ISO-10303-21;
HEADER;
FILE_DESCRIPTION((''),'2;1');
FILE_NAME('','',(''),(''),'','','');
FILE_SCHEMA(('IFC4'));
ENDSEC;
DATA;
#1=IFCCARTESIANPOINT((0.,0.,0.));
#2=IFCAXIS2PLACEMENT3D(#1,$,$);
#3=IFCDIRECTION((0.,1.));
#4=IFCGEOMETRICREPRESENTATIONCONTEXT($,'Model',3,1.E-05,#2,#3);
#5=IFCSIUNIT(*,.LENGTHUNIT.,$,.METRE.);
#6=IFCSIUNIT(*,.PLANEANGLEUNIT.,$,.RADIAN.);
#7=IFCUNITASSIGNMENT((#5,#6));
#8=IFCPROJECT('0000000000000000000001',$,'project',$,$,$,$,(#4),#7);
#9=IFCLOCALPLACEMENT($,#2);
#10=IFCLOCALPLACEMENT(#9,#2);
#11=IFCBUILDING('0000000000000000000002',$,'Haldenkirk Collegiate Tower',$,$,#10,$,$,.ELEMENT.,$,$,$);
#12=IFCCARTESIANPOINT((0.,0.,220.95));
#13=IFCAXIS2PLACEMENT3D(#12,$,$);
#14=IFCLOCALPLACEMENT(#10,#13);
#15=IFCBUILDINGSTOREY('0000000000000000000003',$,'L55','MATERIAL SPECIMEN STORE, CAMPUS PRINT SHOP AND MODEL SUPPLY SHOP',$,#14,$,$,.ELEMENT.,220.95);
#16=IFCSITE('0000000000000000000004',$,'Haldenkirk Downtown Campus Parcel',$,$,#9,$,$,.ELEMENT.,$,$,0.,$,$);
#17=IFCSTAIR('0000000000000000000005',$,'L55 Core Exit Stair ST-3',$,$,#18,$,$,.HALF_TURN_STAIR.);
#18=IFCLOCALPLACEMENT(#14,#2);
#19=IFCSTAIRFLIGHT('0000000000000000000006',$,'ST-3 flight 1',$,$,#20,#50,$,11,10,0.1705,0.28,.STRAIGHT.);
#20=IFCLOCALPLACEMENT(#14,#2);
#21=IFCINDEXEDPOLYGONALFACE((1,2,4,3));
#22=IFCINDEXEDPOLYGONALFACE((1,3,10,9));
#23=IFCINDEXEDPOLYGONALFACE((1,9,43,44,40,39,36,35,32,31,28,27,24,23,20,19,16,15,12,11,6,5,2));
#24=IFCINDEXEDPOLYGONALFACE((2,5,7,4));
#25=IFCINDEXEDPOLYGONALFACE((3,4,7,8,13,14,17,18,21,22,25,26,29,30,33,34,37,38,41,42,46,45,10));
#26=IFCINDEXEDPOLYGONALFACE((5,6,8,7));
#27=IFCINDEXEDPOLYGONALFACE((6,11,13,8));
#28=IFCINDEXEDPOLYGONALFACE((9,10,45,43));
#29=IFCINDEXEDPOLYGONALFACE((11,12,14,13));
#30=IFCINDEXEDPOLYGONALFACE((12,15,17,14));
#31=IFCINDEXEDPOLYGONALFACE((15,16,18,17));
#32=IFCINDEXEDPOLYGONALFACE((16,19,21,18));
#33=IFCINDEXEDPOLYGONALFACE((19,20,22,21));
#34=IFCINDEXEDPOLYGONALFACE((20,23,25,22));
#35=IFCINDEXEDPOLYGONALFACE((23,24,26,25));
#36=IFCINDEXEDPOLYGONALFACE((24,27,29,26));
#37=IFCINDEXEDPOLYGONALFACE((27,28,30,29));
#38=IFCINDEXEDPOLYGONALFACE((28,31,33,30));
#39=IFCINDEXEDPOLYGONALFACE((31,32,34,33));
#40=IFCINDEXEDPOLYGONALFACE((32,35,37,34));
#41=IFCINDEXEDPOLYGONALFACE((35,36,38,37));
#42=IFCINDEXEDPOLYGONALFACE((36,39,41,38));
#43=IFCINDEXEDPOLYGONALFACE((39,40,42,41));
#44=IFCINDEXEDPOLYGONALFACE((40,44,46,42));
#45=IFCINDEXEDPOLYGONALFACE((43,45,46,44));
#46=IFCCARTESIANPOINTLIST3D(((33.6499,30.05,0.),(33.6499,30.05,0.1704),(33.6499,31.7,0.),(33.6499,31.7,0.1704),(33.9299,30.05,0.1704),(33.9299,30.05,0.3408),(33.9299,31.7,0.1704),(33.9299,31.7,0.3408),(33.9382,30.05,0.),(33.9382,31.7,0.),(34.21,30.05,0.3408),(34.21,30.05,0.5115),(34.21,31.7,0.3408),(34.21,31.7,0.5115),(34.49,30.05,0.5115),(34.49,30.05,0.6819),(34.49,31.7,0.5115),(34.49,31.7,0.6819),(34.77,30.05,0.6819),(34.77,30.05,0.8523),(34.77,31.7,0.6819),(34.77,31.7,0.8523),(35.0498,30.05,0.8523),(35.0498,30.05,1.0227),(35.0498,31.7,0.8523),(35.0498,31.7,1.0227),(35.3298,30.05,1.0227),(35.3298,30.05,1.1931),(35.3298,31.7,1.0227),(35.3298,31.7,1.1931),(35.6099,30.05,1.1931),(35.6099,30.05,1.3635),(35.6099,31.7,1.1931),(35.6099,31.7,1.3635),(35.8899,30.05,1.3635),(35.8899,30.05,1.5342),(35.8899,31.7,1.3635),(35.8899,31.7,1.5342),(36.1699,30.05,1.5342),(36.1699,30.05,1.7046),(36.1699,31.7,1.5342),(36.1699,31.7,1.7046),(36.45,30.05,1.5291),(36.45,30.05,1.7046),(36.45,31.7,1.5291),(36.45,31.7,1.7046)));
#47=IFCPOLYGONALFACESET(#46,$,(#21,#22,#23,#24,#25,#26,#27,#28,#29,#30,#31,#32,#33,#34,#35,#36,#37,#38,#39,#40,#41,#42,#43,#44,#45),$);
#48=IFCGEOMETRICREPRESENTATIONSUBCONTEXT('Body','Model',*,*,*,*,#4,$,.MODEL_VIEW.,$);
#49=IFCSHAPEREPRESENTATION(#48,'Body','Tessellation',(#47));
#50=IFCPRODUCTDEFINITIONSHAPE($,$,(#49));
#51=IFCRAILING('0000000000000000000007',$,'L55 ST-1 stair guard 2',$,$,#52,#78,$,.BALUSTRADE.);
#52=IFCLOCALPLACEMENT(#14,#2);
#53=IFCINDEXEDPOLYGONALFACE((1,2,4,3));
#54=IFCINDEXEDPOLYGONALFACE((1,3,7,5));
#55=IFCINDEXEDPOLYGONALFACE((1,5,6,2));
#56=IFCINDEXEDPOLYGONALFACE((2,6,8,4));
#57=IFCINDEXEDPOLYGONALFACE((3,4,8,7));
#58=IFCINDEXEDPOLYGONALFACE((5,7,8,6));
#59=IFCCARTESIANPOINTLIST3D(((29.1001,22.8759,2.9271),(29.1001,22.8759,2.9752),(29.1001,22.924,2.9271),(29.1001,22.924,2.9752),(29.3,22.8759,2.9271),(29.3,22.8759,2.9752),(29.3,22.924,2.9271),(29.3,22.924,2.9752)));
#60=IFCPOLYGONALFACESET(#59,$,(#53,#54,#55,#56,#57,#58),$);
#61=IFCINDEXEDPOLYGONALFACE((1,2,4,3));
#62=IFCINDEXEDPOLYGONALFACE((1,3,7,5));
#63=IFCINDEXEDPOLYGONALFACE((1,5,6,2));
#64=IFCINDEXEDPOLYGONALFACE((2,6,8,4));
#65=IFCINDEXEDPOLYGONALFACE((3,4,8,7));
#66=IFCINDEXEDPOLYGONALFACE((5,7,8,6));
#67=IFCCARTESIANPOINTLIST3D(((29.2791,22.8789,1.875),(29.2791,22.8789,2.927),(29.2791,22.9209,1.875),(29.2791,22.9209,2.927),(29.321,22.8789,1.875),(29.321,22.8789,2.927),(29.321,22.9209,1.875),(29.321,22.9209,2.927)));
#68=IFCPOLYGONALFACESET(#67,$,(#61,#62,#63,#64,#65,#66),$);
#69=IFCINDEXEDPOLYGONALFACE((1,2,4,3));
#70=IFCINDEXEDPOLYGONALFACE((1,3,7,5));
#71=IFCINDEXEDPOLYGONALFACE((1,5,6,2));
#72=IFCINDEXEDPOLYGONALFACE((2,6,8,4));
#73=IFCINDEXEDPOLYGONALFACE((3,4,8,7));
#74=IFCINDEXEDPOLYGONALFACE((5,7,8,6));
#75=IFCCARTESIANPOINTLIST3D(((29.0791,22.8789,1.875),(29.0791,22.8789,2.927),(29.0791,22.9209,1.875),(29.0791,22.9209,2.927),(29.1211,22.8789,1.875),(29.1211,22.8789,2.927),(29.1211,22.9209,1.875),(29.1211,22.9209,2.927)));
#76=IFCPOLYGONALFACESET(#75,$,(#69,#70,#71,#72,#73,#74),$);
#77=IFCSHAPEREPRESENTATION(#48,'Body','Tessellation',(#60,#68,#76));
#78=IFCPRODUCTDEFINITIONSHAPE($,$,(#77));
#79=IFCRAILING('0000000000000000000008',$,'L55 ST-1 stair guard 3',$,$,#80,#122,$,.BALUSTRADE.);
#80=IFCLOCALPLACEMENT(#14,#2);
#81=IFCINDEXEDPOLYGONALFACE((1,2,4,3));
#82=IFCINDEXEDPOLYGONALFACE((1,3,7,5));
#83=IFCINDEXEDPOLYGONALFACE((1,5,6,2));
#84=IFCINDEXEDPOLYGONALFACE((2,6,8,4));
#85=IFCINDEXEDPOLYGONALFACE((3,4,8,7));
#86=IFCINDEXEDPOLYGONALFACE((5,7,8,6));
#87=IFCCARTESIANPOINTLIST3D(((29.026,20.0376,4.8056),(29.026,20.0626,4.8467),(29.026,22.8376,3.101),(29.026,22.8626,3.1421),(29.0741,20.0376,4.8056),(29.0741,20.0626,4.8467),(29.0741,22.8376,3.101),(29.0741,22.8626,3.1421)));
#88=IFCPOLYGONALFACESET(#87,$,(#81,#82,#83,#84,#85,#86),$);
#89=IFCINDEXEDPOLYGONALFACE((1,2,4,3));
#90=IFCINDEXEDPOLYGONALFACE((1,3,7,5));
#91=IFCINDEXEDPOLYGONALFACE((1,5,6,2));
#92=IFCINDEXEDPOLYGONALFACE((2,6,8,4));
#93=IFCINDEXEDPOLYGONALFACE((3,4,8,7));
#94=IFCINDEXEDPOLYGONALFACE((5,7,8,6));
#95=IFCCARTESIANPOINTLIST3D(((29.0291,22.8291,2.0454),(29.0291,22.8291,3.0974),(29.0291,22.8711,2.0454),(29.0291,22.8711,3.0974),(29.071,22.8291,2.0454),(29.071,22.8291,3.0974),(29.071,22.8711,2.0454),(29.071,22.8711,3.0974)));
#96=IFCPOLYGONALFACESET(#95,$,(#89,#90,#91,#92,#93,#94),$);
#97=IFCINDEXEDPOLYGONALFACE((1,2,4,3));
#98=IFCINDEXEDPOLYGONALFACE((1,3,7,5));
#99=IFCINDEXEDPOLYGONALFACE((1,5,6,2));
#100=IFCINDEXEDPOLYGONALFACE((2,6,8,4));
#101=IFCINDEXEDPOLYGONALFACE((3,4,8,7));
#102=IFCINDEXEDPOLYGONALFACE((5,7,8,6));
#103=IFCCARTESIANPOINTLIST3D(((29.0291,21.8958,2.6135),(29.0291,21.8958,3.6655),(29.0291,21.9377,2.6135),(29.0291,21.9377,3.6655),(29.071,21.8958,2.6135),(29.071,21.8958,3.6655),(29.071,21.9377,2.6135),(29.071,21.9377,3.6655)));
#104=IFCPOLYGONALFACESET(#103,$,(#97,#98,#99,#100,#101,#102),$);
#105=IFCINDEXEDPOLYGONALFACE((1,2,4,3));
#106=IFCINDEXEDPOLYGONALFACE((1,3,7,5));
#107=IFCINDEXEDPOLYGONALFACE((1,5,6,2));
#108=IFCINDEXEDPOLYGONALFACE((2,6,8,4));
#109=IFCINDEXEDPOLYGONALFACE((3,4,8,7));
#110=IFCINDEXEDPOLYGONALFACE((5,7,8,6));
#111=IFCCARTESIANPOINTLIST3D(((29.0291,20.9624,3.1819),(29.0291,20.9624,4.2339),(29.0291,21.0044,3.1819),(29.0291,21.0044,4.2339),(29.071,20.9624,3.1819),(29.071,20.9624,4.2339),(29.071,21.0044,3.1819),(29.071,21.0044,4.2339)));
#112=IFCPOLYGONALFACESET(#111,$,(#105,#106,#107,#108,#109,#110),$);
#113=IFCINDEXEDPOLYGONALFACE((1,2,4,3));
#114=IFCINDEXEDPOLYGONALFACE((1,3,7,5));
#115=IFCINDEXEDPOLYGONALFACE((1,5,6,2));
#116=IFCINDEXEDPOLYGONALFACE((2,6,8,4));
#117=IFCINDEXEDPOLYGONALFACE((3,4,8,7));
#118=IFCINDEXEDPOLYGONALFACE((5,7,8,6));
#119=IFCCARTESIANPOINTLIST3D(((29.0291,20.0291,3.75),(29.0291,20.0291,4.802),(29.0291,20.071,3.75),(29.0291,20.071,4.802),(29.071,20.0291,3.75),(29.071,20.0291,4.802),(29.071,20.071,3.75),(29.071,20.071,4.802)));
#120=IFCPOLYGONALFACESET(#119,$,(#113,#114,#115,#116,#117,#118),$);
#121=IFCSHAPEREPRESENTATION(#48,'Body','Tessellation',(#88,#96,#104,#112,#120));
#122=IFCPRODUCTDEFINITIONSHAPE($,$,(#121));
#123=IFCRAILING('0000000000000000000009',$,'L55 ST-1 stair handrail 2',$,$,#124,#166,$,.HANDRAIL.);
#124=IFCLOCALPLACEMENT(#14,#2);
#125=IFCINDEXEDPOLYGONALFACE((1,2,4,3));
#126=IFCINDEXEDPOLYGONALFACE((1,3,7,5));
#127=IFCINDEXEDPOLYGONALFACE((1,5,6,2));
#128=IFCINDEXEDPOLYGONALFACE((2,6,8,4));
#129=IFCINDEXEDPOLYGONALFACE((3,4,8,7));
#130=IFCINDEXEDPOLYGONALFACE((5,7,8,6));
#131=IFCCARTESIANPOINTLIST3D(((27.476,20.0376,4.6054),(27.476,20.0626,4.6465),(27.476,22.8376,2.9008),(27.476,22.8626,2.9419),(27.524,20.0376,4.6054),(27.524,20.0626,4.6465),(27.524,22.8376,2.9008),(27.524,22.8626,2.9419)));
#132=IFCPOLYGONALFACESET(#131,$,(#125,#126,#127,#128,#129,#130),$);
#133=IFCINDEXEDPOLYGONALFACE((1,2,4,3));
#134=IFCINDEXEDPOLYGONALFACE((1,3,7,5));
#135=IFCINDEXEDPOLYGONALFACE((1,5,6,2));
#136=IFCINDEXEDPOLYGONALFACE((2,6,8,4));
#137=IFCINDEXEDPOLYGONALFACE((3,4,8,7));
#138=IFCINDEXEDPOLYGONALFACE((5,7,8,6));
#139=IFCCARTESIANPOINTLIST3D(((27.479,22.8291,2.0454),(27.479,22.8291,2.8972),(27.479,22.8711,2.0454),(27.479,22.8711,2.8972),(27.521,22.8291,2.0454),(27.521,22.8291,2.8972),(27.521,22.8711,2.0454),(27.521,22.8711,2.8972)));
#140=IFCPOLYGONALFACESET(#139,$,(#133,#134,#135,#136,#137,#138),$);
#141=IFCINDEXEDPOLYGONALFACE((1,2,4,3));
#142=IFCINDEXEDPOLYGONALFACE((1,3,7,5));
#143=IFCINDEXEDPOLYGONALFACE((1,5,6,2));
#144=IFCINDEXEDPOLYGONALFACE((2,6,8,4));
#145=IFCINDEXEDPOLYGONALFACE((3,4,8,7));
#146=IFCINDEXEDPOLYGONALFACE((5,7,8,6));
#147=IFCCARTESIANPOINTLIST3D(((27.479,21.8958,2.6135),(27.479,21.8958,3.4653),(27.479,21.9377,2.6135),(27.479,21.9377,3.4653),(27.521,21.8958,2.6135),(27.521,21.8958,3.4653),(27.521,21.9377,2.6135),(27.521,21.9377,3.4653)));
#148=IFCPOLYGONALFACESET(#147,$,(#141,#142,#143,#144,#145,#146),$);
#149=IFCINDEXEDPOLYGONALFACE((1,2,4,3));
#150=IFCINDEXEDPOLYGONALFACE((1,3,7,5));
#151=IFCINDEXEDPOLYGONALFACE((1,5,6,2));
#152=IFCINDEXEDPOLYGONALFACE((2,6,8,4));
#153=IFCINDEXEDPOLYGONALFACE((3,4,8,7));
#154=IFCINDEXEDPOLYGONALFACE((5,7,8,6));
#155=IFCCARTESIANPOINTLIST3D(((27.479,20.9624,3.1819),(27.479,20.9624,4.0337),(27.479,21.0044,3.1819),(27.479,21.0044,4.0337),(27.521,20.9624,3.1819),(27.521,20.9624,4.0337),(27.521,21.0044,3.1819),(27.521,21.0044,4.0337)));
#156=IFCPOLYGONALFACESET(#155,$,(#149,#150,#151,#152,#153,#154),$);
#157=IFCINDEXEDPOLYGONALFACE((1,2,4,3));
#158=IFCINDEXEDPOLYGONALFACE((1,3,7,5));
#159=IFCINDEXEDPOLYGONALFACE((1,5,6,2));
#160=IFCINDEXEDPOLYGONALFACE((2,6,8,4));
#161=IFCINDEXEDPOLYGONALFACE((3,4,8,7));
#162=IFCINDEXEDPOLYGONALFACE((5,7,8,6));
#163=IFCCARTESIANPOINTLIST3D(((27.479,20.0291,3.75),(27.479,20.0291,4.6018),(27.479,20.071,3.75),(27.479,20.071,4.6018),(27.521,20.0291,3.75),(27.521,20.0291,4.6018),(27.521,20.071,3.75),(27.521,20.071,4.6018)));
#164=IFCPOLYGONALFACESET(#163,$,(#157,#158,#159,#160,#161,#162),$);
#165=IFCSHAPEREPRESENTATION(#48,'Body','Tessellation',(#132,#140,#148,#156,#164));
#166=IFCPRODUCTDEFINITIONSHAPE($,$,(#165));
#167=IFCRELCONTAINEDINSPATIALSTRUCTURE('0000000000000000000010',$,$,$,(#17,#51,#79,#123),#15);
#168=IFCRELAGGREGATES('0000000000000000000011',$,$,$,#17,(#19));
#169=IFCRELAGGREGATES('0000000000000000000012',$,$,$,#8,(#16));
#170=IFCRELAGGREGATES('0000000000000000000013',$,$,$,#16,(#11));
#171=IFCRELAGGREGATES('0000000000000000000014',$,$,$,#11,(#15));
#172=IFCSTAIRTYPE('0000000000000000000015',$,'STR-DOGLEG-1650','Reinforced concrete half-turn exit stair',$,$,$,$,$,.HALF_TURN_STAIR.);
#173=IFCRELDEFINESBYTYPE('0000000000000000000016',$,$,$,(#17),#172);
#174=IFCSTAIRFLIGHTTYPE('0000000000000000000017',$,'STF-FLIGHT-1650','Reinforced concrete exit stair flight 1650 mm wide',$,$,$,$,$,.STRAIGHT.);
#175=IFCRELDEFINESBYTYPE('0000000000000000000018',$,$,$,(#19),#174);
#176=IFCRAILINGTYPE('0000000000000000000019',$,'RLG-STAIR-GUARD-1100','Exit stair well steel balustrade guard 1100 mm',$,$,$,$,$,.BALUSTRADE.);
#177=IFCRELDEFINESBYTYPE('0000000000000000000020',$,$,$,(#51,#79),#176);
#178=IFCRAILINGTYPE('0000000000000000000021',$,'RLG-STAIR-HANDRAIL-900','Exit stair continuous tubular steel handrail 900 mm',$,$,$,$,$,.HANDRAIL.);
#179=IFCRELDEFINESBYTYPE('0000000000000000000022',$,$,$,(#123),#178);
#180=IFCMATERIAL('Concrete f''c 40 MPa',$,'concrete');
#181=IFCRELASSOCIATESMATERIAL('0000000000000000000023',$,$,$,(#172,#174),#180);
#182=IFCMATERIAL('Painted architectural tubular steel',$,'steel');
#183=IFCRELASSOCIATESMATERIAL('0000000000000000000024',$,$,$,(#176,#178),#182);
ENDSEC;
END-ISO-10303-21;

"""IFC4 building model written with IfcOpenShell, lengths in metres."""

from ifc_helpers import new_model, si_unit, direction, frame, origin, origin_2d, place, context, subcontext, project, spatial, polyline, rectangle, outline, extrude, material, type_object, element, aggregate, save


model = new_model("IFC4")

# Units and contexts
model_context = context("Model", 3, precision=1e-05, world=origin(), true_north=direction((0.0, 1.0)))
body_context = subcontext(model_context, "Body", "Model", "MODEL_VIEW")
ifc_project = project(units=[si_unit("LENGTHUNIT", "METRE"), si_unit("PLANEANGLEUNIT", "RADIAN")], contexts=[model_context])

# Site, building, storey
site_placement = place(None, origin())
site = spatial("IfcSite", under=ifc_project, at=site_placement, Name="Haldenkirk Downtown Campus Parcel", CompositionType="ELEMENT", RefElevation=0.0)
building_placement = place(site_placement, origin())
building = spatial("IfcBuilding", under=site, at=building_placement, Name="Haldenkirk Collegiate Tower", CompositionType="ELEMENT")
storey_placement = place(building_placement, frame((0.0, 0.0, 220.95)))
storey = spatial("IfcBuildingStorey", under=building, at=storey_placement, Name="L55", Description="MATERIAL SPECIMEN STORE, CAMPUS PRINT SHOP AND MODEL SUPPLY SHOP", CompositionType="ELEMENT", Elevation=220.95)

# Stair, stair flight
ifc_material_1 = material(Name="Concrete f'c 40 MPa", Category="concrete")
stair_type = type_object("IfcStairType", Name="STR-DOGLEG-1650", Description="Reinforced concrete half-turn exit stair", PredefinedType="HALF_TURN_STAIR", material=ifc_material_1)
stair_flight_type = type_object("IfcStairFlightType", Name="STF-FLIGHT-1650", Description="Reinforced concrete exit stair flight 1650 mm wide", PredefinedType="STRAIGHT", material=ifc_material_1)
stair_1_placement = place(storey_placement, origin())
stair_1 = element("IfcStair", 1, at=stair_1_placement, inside=storey, type_object=stair_type, Name="L55 Core Exit Stair ST-3", PredefinedType="HALF_TURN_STAIR")
stair_flight_1_placement = place(storey_placement, frame((33.6499, 30.875, 0.0), z_axis=(0.0, 0.0, 1.0), x_axis=(1.0, 0.0, 0.0)))
stair_flight_1 = element("IfcStairFlight", 2, at=stair_flight_1_placement, type_object=stair_flight_type, Name="ST-3 flight 1", NumberOfRisers=11, NumberOfTreads=10, PredefinedType="STRAIGHT", RiserHeight=0.1705, TreadLength=0.28, context=body_context, shape_type="SweptSolid", body=[
    extrude(outline(polyline([(0.0, 0.0), (0.0, 0.1704), (0.28, 0.1704), (0.28, 0.3408), (0.5601, 0.3408), (0.5601, 0.5115), (0.8401, 0.5115), (0.8401, 0.6819), (1.1201, 0.6819), (1.1201, 0.8523), (1.3999, 0.8523), (1.3999, 1.0227), (1.6799, 1.0227), (1.6799, 1.1931), (1.96, 1.1931), (1.96, 1.3635), (2.24, 1.3635), (2.24, 1.5342), (2.52, 1.5342), (2.52, 1.7046), (2.8, 1.7046), (2.8, 1.875), (2.8, 1.5291), (0.2883, 0.0), (0.0, 0.0)])), frame((0.0, 0.825, 0.0), z_axis=(0.0, -1.0, 0.0), x_axis=(1.0, 0.0, 0.0)), (0.0, 0.0, 1.0), 1.6499),
])
aggregate(stair_1, [stair_flight_1])

# Railings
ifc_material_2 = material(Name="Painted architectural tubular steel", Category="steel")
railing_type_1 = type_object("IfcRailingType", Name="RLG-STAIR-GUARD-1100", Description="Exit stair well steel balustrade guard 1100 mm", PredefinedType="BALUSTRADE", material=ifc_material_2)
railing_1_placement = place(storey_placement, frame((29.3, 22.8999, 1.875)))
element("IfcRailing", 3, at=railing_1_placement, inside=storey, type_object=railing_type_1, Name="L55 ST-1 stair guard 2", PredefinedType="BALUSTRADE", context=body_context, shape_type="SweptSolid", body=[
    extrude(rectangle(XDim=0.0481, YDim=0.0481, at=origin_2d()), frame((0.0, 0.0, 1.0762), z_axis=(-1.0, 0.0, 0.0), x_axis=(0.0, -1.0, 0.0)), (0.0, 0.0, 1.0), 0.2),
    extrude(rectangle(XDim=0.042, YDim=0.042, at=origin_2d()), origin(), (0.0, 0.0, 1.0), 1.052),
    extrude(rectangle(XDim=0.042, YDim=0.042, at=origin_2d()), frame((-0.2, 0.0, 0.0)), (0.0, 0.0, 1.0), 1.052),
])
railing_2_placement = place(storey_placement, frame((29.05, 22.8501, 2.0454)))
element("IfcRailing", 4, at=railing_2_placement, inside=storey, type_object=railing_type_1, Name="L55 ST-1 stair guard 3", PredefinedType="BALUSTRADE", context=body_context, shape_type="SweptSolid", body=[
    extrude(rectangle(XDim=0.0481, YDim=0.0481, at=origin_2d()), frame((0.0, 0.0, 1.0762), z_axis=(0.0, -0.85417, 0.519994), x_axis=(1.0, 0.0, 0.0)), (0.0, 0.0, 1.0), 3.2781),
    extrude(rectangle(XDim=0.042, YDim=0.042, at=origin_2d()), origin(), (0.0, 0.0, 1.0), 1.052),
    extrude(rectangle(XDim=0.042, YDim=0.042, at=origin_2d()), frame((0.0, -0.9333, 0.5681)), (0.0, 0.0, 1.0), 1.052),
    extrude(rectangle(XDim=0.042, YDim=0.042, at=origin_2d()), frame((0.0, -1.8667, 1.1365)), (0.0, 0.0, 1.0), 1.052),
    extrude(rectangle(XDim=0.042, YDim=0.042, at=origin_2d()), frame((0.0, -2.8, 1.7046)), (0.0, 0.0, 1.0), 1.052),
])
railing_type_2 = type_object("IfcRailingType", Name="RLG-STAIR-HANDRAIL-900", Description="Exit stair continuous tubular steel handrail 900 mm", PredefinedType="HANDRAIL", material=ifc_material_2)
railing_3_placement = place(storey_placement, frame((27.5, 22.8501, 2.0454)))
element("IfcRailing", 5, at=railing_3_placement, inside=storey, type_object=railing_type_2, Name="L55 ST-1 stair handrail 2", PredefinedType="HANDRAIL", context=body_context, shape_type="SweptSolid", body=[
    extrude(rectangle(XDim=0.0481, YDim=0.0481, at=origin_2d()), frame((0.0, 0.0, 0.876), z_axis=(0.0, -0.85417, 0.519994), x_axis=(1.0, 0.0, 0.0)), (0.0, 0.0, 1.0), 3.2781),
    extrude(rectangle(XDim=0.042, YDim=0.042, at=origin_2d()), origin(), (0.0, 0.0, 1.0), 0.8518),
    extrude(rectangle(XDim=0.042, YDim=0.042, at=origin_2d()), frame((0.0, -0.9333, 0.5681)), (0.0, 0.0, 1.0), 0.8518),
    extrude(rectangle(XDim=0.042, YDim=0.042, at=origin_2d()), frame((0.0, -1.8667, 1.1365)), (0.0, 0.0, 1.0), 0.8518),
    extrude(rectangle(XDim=0.042, YDim=0.042, at=origin_2d()), frame((0.0, -2.8, 1.7046)), (0.0, 0.0, 1.0), 0.8518),
])

save(model, "model.ifc")
